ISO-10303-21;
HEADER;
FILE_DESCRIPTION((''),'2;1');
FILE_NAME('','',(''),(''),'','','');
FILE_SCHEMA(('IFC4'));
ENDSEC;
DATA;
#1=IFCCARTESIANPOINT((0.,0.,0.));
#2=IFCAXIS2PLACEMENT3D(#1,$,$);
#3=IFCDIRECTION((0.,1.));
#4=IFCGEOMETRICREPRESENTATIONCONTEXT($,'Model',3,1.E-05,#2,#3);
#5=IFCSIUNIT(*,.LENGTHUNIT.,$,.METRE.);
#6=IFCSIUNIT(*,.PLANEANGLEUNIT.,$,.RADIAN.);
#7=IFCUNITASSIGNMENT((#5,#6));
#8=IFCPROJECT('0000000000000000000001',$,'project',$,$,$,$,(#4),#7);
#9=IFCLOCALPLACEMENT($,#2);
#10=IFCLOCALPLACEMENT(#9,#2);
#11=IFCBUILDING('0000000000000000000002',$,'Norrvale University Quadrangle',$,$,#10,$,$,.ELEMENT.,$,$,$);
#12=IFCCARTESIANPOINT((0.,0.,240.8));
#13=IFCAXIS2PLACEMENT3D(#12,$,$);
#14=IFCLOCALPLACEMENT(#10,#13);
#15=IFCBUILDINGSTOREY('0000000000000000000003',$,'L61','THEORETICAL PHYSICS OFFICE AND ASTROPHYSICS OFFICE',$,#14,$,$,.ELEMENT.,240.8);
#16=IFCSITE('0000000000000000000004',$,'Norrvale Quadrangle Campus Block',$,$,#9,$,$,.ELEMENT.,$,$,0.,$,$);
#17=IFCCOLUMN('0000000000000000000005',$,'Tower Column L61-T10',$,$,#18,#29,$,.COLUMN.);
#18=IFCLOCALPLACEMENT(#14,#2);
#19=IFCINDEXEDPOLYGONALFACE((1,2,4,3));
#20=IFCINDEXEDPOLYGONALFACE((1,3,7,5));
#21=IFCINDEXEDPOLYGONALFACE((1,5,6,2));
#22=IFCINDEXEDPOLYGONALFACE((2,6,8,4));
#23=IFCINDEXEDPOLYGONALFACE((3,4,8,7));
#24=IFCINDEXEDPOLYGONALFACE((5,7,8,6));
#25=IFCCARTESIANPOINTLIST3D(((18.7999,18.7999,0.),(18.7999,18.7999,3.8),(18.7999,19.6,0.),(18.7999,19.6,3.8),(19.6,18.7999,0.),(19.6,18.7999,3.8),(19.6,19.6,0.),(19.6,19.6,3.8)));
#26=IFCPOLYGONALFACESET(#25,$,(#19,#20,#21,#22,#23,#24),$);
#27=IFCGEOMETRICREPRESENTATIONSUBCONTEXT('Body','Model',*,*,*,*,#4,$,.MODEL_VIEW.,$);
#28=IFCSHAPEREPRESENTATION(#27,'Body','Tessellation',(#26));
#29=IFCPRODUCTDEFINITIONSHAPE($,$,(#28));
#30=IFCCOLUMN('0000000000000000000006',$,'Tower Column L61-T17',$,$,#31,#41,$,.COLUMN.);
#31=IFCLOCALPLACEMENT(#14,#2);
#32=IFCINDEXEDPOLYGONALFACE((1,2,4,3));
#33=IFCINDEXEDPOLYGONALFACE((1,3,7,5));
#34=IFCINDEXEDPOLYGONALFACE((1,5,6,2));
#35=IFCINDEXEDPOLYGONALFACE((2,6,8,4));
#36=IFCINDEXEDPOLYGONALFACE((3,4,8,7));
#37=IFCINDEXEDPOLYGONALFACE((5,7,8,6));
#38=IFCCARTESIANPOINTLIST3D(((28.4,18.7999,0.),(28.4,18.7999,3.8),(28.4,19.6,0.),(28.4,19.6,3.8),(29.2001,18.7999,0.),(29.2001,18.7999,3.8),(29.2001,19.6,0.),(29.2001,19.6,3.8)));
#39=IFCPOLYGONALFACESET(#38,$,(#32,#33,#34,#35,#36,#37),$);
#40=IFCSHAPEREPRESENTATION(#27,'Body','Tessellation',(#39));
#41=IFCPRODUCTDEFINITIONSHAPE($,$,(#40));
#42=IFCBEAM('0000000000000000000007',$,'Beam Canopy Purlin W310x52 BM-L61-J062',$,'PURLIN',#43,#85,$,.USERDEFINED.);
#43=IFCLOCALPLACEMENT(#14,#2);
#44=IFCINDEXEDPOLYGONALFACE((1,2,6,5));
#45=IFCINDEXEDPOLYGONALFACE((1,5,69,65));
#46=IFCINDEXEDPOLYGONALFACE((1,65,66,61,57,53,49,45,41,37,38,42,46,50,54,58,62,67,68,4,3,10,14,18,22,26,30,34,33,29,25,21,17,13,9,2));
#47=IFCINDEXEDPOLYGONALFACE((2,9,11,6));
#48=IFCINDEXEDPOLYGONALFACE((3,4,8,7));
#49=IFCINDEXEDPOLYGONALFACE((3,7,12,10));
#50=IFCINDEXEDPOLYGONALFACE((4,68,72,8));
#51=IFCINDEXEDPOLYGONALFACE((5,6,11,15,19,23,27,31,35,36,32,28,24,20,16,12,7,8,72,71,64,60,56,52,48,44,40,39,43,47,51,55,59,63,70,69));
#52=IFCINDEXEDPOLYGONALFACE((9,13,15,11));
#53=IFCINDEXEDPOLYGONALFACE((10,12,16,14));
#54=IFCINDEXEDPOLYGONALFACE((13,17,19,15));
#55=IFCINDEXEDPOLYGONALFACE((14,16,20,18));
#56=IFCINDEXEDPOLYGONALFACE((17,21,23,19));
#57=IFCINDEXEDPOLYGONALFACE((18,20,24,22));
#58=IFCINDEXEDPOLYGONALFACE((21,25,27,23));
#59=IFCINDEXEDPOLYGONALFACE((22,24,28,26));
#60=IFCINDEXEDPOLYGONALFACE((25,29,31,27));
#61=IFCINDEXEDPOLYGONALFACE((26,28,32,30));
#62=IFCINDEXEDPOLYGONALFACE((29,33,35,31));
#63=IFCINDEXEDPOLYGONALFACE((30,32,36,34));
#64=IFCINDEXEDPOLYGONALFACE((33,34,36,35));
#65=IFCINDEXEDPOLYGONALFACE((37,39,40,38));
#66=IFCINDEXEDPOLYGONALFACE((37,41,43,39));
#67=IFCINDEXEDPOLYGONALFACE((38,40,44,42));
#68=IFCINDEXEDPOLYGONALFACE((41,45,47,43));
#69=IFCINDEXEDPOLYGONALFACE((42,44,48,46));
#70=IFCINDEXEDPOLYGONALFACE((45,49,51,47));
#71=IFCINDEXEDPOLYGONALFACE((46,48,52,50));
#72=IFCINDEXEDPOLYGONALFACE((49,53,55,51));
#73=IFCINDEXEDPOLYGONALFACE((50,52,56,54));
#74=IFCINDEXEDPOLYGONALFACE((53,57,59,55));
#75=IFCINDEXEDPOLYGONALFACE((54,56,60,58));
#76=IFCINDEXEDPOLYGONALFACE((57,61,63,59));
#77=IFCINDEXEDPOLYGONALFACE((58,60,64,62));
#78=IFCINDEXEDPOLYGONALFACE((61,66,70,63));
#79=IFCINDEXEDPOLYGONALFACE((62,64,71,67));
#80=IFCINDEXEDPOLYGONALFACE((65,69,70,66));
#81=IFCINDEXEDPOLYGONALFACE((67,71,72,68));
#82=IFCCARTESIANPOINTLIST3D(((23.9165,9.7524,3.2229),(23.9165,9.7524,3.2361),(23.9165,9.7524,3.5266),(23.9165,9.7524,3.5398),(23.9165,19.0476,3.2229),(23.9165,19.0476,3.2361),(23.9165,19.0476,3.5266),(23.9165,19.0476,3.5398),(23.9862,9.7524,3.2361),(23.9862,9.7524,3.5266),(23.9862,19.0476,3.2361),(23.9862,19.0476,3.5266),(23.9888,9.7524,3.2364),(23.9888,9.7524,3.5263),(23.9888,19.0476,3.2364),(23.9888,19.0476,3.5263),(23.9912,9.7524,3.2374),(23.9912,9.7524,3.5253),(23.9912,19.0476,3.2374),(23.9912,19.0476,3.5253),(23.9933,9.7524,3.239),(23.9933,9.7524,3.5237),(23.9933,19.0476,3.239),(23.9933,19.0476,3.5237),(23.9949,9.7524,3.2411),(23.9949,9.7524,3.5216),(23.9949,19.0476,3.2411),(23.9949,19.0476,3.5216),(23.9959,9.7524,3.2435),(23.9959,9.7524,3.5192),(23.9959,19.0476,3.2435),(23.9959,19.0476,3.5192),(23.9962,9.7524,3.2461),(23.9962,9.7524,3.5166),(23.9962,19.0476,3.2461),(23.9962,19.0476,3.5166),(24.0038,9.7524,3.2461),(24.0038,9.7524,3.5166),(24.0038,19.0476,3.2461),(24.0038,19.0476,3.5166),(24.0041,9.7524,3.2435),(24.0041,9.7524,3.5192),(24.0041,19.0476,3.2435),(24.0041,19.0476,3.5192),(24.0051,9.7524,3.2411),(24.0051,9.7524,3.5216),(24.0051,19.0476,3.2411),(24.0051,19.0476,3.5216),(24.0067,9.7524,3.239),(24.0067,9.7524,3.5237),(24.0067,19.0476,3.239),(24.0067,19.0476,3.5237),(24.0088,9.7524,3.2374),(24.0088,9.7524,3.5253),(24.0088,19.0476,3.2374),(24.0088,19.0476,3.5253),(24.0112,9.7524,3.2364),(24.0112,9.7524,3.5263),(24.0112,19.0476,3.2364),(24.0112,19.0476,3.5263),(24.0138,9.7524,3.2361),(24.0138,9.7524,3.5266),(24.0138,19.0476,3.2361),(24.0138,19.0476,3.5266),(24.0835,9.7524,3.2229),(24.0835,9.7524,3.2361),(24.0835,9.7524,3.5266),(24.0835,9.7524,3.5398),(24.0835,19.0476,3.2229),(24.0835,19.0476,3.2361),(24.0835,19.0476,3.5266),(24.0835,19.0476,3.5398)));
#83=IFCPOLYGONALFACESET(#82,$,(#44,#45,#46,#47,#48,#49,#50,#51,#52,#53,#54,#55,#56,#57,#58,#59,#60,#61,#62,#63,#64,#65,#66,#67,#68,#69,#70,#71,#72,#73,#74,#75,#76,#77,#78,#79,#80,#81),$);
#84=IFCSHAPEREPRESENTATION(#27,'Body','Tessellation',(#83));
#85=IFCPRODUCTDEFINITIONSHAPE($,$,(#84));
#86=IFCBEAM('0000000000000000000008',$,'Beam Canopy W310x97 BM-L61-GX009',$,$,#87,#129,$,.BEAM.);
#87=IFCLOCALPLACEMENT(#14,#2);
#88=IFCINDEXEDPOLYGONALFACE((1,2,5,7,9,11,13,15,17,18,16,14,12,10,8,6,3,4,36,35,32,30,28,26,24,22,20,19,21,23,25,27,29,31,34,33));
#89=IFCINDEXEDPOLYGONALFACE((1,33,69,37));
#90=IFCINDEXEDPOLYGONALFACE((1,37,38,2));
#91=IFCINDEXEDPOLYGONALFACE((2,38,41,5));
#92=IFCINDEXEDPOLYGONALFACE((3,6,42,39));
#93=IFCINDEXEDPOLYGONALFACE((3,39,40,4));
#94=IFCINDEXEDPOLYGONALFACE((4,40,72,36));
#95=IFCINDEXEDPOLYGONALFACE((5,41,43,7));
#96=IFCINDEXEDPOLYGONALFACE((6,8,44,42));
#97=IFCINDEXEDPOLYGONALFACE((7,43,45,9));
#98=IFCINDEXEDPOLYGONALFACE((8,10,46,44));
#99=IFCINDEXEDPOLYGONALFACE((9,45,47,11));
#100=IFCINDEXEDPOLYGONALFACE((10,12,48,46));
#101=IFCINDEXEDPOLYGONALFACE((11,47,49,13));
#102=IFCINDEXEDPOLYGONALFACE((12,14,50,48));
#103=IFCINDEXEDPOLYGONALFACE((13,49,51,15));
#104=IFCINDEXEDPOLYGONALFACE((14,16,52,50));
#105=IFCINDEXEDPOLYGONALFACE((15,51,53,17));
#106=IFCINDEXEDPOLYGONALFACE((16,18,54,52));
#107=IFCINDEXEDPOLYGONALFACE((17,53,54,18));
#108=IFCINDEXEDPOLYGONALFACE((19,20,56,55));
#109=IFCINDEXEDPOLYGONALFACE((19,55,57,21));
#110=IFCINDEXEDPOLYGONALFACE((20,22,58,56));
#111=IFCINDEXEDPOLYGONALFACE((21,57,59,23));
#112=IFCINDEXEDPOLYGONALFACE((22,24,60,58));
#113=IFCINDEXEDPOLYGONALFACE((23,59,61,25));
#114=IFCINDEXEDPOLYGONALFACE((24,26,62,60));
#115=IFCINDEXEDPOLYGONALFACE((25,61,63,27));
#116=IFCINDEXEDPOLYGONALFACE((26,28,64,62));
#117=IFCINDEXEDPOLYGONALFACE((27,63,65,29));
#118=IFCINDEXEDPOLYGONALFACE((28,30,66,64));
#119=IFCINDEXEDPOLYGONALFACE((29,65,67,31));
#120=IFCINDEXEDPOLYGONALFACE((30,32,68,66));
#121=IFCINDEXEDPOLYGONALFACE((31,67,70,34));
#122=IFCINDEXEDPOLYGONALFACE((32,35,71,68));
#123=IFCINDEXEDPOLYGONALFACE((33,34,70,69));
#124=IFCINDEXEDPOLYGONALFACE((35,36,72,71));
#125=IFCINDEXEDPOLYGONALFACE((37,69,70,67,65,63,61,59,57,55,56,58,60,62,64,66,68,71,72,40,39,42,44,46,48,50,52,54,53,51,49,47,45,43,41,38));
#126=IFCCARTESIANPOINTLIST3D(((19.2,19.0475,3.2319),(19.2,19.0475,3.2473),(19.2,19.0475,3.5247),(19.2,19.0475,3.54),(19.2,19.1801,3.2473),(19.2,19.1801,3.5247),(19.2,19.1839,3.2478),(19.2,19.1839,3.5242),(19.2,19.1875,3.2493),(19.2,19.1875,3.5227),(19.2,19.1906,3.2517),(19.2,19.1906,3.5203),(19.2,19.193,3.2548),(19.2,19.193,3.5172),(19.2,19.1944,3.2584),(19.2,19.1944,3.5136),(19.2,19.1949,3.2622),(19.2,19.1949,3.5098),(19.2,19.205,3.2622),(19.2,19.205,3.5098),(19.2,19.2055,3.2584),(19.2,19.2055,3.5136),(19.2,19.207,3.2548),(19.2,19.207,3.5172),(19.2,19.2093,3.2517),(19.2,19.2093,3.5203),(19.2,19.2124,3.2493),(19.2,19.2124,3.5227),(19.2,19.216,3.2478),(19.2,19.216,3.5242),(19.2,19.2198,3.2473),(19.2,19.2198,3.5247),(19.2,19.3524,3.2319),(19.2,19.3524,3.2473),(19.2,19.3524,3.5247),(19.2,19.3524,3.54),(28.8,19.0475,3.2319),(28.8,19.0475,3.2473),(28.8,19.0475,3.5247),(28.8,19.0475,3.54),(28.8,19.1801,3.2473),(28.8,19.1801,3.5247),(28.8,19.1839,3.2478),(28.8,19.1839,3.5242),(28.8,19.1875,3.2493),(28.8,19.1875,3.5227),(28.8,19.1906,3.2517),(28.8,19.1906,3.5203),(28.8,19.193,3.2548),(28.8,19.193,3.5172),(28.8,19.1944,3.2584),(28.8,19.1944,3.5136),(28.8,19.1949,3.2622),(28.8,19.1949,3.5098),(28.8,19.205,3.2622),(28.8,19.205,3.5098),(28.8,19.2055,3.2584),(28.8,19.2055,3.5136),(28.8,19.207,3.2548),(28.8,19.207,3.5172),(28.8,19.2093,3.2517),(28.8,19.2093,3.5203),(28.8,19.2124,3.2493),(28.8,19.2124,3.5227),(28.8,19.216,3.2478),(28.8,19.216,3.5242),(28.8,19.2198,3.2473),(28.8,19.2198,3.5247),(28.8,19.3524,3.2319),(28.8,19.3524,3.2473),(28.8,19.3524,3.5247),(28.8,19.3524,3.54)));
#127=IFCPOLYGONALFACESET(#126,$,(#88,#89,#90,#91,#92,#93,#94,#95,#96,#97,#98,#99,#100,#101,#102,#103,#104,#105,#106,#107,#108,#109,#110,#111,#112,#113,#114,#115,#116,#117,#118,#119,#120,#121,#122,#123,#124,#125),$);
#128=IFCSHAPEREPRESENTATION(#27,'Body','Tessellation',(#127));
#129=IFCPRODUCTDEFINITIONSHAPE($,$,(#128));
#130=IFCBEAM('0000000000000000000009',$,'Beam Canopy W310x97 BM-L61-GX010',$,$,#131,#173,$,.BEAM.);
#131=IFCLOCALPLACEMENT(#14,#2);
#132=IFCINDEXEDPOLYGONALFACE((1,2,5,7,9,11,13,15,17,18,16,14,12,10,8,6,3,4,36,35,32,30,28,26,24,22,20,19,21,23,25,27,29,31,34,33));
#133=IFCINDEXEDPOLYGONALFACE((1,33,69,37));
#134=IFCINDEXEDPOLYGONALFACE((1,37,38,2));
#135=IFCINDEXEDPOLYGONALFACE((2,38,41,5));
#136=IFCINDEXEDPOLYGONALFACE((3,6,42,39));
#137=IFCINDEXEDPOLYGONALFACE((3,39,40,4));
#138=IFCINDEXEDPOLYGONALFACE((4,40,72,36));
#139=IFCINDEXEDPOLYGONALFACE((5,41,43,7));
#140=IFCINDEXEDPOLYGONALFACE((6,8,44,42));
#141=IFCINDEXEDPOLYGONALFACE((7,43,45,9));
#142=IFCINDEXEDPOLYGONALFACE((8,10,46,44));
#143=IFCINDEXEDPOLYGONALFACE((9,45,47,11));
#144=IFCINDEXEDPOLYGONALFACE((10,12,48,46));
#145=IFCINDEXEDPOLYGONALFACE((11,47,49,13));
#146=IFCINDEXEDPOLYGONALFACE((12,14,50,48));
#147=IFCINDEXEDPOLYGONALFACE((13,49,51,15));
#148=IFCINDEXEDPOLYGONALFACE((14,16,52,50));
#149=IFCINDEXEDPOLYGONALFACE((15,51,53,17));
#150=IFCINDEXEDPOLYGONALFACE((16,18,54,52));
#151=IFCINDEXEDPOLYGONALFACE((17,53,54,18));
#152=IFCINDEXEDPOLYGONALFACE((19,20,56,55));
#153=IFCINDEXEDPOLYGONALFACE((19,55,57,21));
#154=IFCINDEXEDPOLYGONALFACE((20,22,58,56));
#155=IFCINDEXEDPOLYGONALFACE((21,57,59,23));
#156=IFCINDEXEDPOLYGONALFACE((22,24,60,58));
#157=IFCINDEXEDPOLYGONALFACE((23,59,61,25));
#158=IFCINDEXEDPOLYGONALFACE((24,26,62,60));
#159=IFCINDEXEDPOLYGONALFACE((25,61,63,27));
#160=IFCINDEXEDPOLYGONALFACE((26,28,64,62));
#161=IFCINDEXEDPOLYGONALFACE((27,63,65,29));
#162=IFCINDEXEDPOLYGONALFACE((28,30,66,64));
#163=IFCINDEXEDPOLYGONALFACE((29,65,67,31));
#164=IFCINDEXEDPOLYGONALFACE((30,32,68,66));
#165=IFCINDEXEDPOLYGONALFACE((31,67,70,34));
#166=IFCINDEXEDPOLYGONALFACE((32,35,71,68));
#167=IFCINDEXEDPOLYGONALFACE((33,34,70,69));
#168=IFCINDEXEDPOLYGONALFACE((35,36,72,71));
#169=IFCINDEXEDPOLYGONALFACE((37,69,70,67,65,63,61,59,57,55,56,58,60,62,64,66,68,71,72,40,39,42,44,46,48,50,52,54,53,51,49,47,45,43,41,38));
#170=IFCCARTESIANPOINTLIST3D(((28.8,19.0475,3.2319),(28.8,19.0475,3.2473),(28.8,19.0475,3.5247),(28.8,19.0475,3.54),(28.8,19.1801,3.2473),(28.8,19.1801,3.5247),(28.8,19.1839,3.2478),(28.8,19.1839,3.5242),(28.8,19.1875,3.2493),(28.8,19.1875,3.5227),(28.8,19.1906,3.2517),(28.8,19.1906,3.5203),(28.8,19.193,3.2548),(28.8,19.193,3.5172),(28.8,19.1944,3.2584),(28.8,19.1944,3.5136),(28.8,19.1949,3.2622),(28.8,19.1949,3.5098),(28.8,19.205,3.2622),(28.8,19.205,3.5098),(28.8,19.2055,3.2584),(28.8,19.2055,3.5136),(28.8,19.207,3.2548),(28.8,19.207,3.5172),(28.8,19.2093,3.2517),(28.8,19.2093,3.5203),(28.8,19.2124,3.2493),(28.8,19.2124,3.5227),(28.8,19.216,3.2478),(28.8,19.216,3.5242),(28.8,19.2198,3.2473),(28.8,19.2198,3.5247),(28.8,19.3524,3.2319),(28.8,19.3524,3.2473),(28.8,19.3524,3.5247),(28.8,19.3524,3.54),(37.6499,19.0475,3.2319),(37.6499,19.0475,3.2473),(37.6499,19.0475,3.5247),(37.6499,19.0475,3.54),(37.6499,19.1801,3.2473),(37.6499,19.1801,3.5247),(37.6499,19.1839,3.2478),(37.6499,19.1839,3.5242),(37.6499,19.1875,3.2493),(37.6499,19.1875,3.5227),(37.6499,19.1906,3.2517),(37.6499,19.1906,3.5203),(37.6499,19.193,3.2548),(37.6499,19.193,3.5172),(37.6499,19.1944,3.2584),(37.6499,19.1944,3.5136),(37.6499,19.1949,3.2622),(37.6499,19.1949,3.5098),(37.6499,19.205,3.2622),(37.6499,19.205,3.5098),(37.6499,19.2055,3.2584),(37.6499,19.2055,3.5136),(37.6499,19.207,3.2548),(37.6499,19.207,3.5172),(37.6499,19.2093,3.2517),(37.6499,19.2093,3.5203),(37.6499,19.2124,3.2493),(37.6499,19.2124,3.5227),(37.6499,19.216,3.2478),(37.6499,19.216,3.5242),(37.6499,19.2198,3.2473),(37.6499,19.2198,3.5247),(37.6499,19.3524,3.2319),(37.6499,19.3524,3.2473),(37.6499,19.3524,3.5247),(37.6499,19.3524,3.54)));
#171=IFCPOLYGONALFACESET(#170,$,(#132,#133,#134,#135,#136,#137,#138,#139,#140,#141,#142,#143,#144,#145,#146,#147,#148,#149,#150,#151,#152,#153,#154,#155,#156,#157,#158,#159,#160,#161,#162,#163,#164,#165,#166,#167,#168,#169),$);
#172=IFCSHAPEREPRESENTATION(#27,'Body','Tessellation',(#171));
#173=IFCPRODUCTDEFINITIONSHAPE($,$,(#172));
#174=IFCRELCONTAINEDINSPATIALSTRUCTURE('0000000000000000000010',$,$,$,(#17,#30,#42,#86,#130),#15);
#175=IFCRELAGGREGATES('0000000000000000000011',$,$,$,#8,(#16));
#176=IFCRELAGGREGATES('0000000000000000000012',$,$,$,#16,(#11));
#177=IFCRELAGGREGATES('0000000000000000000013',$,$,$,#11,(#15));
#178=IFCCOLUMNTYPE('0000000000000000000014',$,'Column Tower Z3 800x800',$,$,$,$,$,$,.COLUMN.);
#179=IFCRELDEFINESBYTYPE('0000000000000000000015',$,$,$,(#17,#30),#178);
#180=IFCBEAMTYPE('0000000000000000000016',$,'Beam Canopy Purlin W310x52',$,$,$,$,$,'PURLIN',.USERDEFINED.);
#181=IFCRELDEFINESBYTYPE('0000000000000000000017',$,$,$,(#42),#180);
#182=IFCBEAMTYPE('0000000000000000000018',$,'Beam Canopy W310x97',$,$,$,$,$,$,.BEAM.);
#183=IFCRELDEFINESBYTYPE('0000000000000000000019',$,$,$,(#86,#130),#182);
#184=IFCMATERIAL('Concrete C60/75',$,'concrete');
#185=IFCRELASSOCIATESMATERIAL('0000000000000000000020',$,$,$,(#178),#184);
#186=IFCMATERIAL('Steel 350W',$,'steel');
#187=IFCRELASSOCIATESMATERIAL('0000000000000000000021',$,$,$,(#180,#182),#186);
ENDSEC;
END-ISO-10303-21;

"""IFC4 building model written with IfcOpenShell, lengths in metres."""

from ifc_helpers import new_model, si_unit, direction, frame, origin, origin_2d, place, context, subcontext, project, spatial, rectangle, i_section, extrude, material, material_profile, profile_set, type_object, element, save


model = new_model("IFC4")

# Units and contexts
model_context = context("Model", 3, precision=1e-05, world=origin(), true_north=direction((0.0, 1.0)))
body_context = subcontext(model_context, "Body", "Model", "MODEL_VIEW")
ifc_project = project(units=[si_unit("LENGTHUNIT", "METRE"), si_unit("PLANEANGLEUNIT", "RADIAN")], contexts=[model_context])

# Site, building, storey
site_placement = place(None, origin())
site = spatial("IfcSite", under=ifc_project, at=site_placement, Name="Norrvale Quadrangle Campus Block", CompositionType="ELEMENT", RefElevation=0.0)
building_placement = place(site_placement, origin())
building = spatial("IfcBuilding", under=site, at=building_placement, Name="Norrvale University Quadrangle", CompositionType="ELEMENT")
storey_placement = place(building_placement, frame((0.0, 0.0, 240.8)))
storey = spatial("IfcBuildingStorey", under=building, at=storey_placement, Name="L61", Description="THEORETICAL PHYSICS OFFICE AND ASTROPHYSICS OFFICE", CompositionType="ELEMENT", Elevation=240.8)

# Columns
ifc_material_1 = material(Name="Concrete C60/75", Category="concrete")
ifc_material_profile_1 = material_profile(ifc_material_1, rectangle(XDim=0.8, YDim=0.8, at=origin_2d()), Name="Concrete C60/75")
ifc_profile_set_1 = profile_set([ifc_material_profile_1], Name="Concrete C60/75")
column_type = type_object("IfcColumnType", Name="Column Tower Z3 800x800", PredefinedType="COLUMN", material=ifc_profile_set_1)
for number, where, z_axis, x_axis, name in (
    (1, (19.2, 19.2, 0.0), (0.0, 0.0, 1.0), (1.0, 0.0, 0.0), "Tower Column L61-T10"),
    (2, (28.8, 19.2, 0.0), (0.0, 0.0, 1.0), (1.0, 0.0, 0.0), "Tower Column L61-T17"),
):
    element("IfcColumn", number, at=place(storey_placement, frame(where, z_axis=z_axis, x_axis=x_axis)), inside=storey, type_object=column_type, Name=name, PredefinedType="COLUMN", context=body_context, shape_type="SweptSolid", body=[
        extrude(rectangle(XDim=0.8, YDim=0.8, at=origin_2d()), origin(), (0.0, 0.0, 1.0), 3.8),
    ])

# Beams
ifc_material_2 = material(Name="Steel 350W", Category="steel")
ifc_material_profile_2 = material_profile(ifc_material_2, i_section(OverallWidth=0.167, OverallDepth=0.3169, WebThickness=0.0076, FlangeThickness=0.0132, FilletRadius=0.01, at=origin_2d()), Name="Steel 350W")
ifc_profile_set_2 = profile_set([ifc_material_profile_2], Name="Steel 350W")
beam_type_1 = type_object("IfcBeamType", Name="Beam Canopy Purlin W310x52", ElementType="PURLIN", PredefinedType="USERDEFINED", material=ifc_profile_set_2)
beam_1_placement = place(storey_placement, frame((24.0, 9.7524, 3.3813), z_axis=(0.0, 1.0, 0.0), x_axis=(-1.0, 0.0, 0.0)))
element("IfcBeam", 3, at=beam_1_placement, inside=storey, type_object=beam_type_1, Name="Beam Canopy Purlin W310x52 BM-L61-J062", ObjectType="PURLIN", PredefinedType="USERDEFINED", context=body_context, shape_type="SweptSolid", body=[
    extrude(i_section(OverallWidth=0.167, OverallDepth=0.3169, WebThickness=0.0076, FlangeThickness=0.0132, FilletRadius=0.01, at=origin_2d()), origin(), (0.0, 0.0, 1.0), 9.2952),
])
ifc_material_profile_3 = material_profile(ifc_material_2, i_section(OverallWidth=0.3049, OverallDepth=0.3081, WebThickness=0.01, FlangeThickness=0.0154, FilletRadius=0.0149, at=origin_2d()), Name="Steel 350W")
ifc_profile_set_3 = profile_set([ifc_material_profile_3], Name="Steel 350W")
beam_type_2 = type_object("IfcBeamType", Name="Beam Canopy W310x97", PredefinedType="BEAM", material=ifc_profile_set_3)
beam_2_placement = place(storey_placement, frame((19.2, 19.2, 3.386), z_axis=(1.0, 0.0, 0.0), x_axis=(0.0, 1.0, 0.0)))
element("IfcBeam", 4, at=beam_2_placement, inside=storey, type_object=beam_type_2, Name="Beam Canopy W310x97 BM-L61-GX009", PredefinedType="BEAM", context=body_context, shape_type="SweptSolid", body=[
    extrude(i_section(OverallWidth=0.3049, OverallDepth=0.3081, WebThickness=0.01, FlangeThickness=0.0154, FilletRadius=0.0149, at=origin_2d()), origin(), (0.0, 0.0, 1.0), 9.6001),
])
beam_3_placement = place(storey_placement, frame((28.8, 19.2, 3.386), z_axis=(1.0, 0.0, 0.0), x_axis=(0.0, 1.0, 0.0)))
element("IfcBeam", 5, at=beam_3_placement, inside=storey, type_object=beam_type_2, Name="Beam Canopy W310x97 BM-L61-GX010", PredefinedType="BEAM", context=body_context, shape_type="SweptSolid", body=[
    extrude(i_section(OverallWidth=0.3049, OverallDepth=0.3081, WebThickness=0.01, FlangeThickness=0.0154, FilletRadius=0.0149, at=origin_2d()), origin(), (0.0, 0.0, 1.0), 8.8499),
])

save(model, "model.ifc")
